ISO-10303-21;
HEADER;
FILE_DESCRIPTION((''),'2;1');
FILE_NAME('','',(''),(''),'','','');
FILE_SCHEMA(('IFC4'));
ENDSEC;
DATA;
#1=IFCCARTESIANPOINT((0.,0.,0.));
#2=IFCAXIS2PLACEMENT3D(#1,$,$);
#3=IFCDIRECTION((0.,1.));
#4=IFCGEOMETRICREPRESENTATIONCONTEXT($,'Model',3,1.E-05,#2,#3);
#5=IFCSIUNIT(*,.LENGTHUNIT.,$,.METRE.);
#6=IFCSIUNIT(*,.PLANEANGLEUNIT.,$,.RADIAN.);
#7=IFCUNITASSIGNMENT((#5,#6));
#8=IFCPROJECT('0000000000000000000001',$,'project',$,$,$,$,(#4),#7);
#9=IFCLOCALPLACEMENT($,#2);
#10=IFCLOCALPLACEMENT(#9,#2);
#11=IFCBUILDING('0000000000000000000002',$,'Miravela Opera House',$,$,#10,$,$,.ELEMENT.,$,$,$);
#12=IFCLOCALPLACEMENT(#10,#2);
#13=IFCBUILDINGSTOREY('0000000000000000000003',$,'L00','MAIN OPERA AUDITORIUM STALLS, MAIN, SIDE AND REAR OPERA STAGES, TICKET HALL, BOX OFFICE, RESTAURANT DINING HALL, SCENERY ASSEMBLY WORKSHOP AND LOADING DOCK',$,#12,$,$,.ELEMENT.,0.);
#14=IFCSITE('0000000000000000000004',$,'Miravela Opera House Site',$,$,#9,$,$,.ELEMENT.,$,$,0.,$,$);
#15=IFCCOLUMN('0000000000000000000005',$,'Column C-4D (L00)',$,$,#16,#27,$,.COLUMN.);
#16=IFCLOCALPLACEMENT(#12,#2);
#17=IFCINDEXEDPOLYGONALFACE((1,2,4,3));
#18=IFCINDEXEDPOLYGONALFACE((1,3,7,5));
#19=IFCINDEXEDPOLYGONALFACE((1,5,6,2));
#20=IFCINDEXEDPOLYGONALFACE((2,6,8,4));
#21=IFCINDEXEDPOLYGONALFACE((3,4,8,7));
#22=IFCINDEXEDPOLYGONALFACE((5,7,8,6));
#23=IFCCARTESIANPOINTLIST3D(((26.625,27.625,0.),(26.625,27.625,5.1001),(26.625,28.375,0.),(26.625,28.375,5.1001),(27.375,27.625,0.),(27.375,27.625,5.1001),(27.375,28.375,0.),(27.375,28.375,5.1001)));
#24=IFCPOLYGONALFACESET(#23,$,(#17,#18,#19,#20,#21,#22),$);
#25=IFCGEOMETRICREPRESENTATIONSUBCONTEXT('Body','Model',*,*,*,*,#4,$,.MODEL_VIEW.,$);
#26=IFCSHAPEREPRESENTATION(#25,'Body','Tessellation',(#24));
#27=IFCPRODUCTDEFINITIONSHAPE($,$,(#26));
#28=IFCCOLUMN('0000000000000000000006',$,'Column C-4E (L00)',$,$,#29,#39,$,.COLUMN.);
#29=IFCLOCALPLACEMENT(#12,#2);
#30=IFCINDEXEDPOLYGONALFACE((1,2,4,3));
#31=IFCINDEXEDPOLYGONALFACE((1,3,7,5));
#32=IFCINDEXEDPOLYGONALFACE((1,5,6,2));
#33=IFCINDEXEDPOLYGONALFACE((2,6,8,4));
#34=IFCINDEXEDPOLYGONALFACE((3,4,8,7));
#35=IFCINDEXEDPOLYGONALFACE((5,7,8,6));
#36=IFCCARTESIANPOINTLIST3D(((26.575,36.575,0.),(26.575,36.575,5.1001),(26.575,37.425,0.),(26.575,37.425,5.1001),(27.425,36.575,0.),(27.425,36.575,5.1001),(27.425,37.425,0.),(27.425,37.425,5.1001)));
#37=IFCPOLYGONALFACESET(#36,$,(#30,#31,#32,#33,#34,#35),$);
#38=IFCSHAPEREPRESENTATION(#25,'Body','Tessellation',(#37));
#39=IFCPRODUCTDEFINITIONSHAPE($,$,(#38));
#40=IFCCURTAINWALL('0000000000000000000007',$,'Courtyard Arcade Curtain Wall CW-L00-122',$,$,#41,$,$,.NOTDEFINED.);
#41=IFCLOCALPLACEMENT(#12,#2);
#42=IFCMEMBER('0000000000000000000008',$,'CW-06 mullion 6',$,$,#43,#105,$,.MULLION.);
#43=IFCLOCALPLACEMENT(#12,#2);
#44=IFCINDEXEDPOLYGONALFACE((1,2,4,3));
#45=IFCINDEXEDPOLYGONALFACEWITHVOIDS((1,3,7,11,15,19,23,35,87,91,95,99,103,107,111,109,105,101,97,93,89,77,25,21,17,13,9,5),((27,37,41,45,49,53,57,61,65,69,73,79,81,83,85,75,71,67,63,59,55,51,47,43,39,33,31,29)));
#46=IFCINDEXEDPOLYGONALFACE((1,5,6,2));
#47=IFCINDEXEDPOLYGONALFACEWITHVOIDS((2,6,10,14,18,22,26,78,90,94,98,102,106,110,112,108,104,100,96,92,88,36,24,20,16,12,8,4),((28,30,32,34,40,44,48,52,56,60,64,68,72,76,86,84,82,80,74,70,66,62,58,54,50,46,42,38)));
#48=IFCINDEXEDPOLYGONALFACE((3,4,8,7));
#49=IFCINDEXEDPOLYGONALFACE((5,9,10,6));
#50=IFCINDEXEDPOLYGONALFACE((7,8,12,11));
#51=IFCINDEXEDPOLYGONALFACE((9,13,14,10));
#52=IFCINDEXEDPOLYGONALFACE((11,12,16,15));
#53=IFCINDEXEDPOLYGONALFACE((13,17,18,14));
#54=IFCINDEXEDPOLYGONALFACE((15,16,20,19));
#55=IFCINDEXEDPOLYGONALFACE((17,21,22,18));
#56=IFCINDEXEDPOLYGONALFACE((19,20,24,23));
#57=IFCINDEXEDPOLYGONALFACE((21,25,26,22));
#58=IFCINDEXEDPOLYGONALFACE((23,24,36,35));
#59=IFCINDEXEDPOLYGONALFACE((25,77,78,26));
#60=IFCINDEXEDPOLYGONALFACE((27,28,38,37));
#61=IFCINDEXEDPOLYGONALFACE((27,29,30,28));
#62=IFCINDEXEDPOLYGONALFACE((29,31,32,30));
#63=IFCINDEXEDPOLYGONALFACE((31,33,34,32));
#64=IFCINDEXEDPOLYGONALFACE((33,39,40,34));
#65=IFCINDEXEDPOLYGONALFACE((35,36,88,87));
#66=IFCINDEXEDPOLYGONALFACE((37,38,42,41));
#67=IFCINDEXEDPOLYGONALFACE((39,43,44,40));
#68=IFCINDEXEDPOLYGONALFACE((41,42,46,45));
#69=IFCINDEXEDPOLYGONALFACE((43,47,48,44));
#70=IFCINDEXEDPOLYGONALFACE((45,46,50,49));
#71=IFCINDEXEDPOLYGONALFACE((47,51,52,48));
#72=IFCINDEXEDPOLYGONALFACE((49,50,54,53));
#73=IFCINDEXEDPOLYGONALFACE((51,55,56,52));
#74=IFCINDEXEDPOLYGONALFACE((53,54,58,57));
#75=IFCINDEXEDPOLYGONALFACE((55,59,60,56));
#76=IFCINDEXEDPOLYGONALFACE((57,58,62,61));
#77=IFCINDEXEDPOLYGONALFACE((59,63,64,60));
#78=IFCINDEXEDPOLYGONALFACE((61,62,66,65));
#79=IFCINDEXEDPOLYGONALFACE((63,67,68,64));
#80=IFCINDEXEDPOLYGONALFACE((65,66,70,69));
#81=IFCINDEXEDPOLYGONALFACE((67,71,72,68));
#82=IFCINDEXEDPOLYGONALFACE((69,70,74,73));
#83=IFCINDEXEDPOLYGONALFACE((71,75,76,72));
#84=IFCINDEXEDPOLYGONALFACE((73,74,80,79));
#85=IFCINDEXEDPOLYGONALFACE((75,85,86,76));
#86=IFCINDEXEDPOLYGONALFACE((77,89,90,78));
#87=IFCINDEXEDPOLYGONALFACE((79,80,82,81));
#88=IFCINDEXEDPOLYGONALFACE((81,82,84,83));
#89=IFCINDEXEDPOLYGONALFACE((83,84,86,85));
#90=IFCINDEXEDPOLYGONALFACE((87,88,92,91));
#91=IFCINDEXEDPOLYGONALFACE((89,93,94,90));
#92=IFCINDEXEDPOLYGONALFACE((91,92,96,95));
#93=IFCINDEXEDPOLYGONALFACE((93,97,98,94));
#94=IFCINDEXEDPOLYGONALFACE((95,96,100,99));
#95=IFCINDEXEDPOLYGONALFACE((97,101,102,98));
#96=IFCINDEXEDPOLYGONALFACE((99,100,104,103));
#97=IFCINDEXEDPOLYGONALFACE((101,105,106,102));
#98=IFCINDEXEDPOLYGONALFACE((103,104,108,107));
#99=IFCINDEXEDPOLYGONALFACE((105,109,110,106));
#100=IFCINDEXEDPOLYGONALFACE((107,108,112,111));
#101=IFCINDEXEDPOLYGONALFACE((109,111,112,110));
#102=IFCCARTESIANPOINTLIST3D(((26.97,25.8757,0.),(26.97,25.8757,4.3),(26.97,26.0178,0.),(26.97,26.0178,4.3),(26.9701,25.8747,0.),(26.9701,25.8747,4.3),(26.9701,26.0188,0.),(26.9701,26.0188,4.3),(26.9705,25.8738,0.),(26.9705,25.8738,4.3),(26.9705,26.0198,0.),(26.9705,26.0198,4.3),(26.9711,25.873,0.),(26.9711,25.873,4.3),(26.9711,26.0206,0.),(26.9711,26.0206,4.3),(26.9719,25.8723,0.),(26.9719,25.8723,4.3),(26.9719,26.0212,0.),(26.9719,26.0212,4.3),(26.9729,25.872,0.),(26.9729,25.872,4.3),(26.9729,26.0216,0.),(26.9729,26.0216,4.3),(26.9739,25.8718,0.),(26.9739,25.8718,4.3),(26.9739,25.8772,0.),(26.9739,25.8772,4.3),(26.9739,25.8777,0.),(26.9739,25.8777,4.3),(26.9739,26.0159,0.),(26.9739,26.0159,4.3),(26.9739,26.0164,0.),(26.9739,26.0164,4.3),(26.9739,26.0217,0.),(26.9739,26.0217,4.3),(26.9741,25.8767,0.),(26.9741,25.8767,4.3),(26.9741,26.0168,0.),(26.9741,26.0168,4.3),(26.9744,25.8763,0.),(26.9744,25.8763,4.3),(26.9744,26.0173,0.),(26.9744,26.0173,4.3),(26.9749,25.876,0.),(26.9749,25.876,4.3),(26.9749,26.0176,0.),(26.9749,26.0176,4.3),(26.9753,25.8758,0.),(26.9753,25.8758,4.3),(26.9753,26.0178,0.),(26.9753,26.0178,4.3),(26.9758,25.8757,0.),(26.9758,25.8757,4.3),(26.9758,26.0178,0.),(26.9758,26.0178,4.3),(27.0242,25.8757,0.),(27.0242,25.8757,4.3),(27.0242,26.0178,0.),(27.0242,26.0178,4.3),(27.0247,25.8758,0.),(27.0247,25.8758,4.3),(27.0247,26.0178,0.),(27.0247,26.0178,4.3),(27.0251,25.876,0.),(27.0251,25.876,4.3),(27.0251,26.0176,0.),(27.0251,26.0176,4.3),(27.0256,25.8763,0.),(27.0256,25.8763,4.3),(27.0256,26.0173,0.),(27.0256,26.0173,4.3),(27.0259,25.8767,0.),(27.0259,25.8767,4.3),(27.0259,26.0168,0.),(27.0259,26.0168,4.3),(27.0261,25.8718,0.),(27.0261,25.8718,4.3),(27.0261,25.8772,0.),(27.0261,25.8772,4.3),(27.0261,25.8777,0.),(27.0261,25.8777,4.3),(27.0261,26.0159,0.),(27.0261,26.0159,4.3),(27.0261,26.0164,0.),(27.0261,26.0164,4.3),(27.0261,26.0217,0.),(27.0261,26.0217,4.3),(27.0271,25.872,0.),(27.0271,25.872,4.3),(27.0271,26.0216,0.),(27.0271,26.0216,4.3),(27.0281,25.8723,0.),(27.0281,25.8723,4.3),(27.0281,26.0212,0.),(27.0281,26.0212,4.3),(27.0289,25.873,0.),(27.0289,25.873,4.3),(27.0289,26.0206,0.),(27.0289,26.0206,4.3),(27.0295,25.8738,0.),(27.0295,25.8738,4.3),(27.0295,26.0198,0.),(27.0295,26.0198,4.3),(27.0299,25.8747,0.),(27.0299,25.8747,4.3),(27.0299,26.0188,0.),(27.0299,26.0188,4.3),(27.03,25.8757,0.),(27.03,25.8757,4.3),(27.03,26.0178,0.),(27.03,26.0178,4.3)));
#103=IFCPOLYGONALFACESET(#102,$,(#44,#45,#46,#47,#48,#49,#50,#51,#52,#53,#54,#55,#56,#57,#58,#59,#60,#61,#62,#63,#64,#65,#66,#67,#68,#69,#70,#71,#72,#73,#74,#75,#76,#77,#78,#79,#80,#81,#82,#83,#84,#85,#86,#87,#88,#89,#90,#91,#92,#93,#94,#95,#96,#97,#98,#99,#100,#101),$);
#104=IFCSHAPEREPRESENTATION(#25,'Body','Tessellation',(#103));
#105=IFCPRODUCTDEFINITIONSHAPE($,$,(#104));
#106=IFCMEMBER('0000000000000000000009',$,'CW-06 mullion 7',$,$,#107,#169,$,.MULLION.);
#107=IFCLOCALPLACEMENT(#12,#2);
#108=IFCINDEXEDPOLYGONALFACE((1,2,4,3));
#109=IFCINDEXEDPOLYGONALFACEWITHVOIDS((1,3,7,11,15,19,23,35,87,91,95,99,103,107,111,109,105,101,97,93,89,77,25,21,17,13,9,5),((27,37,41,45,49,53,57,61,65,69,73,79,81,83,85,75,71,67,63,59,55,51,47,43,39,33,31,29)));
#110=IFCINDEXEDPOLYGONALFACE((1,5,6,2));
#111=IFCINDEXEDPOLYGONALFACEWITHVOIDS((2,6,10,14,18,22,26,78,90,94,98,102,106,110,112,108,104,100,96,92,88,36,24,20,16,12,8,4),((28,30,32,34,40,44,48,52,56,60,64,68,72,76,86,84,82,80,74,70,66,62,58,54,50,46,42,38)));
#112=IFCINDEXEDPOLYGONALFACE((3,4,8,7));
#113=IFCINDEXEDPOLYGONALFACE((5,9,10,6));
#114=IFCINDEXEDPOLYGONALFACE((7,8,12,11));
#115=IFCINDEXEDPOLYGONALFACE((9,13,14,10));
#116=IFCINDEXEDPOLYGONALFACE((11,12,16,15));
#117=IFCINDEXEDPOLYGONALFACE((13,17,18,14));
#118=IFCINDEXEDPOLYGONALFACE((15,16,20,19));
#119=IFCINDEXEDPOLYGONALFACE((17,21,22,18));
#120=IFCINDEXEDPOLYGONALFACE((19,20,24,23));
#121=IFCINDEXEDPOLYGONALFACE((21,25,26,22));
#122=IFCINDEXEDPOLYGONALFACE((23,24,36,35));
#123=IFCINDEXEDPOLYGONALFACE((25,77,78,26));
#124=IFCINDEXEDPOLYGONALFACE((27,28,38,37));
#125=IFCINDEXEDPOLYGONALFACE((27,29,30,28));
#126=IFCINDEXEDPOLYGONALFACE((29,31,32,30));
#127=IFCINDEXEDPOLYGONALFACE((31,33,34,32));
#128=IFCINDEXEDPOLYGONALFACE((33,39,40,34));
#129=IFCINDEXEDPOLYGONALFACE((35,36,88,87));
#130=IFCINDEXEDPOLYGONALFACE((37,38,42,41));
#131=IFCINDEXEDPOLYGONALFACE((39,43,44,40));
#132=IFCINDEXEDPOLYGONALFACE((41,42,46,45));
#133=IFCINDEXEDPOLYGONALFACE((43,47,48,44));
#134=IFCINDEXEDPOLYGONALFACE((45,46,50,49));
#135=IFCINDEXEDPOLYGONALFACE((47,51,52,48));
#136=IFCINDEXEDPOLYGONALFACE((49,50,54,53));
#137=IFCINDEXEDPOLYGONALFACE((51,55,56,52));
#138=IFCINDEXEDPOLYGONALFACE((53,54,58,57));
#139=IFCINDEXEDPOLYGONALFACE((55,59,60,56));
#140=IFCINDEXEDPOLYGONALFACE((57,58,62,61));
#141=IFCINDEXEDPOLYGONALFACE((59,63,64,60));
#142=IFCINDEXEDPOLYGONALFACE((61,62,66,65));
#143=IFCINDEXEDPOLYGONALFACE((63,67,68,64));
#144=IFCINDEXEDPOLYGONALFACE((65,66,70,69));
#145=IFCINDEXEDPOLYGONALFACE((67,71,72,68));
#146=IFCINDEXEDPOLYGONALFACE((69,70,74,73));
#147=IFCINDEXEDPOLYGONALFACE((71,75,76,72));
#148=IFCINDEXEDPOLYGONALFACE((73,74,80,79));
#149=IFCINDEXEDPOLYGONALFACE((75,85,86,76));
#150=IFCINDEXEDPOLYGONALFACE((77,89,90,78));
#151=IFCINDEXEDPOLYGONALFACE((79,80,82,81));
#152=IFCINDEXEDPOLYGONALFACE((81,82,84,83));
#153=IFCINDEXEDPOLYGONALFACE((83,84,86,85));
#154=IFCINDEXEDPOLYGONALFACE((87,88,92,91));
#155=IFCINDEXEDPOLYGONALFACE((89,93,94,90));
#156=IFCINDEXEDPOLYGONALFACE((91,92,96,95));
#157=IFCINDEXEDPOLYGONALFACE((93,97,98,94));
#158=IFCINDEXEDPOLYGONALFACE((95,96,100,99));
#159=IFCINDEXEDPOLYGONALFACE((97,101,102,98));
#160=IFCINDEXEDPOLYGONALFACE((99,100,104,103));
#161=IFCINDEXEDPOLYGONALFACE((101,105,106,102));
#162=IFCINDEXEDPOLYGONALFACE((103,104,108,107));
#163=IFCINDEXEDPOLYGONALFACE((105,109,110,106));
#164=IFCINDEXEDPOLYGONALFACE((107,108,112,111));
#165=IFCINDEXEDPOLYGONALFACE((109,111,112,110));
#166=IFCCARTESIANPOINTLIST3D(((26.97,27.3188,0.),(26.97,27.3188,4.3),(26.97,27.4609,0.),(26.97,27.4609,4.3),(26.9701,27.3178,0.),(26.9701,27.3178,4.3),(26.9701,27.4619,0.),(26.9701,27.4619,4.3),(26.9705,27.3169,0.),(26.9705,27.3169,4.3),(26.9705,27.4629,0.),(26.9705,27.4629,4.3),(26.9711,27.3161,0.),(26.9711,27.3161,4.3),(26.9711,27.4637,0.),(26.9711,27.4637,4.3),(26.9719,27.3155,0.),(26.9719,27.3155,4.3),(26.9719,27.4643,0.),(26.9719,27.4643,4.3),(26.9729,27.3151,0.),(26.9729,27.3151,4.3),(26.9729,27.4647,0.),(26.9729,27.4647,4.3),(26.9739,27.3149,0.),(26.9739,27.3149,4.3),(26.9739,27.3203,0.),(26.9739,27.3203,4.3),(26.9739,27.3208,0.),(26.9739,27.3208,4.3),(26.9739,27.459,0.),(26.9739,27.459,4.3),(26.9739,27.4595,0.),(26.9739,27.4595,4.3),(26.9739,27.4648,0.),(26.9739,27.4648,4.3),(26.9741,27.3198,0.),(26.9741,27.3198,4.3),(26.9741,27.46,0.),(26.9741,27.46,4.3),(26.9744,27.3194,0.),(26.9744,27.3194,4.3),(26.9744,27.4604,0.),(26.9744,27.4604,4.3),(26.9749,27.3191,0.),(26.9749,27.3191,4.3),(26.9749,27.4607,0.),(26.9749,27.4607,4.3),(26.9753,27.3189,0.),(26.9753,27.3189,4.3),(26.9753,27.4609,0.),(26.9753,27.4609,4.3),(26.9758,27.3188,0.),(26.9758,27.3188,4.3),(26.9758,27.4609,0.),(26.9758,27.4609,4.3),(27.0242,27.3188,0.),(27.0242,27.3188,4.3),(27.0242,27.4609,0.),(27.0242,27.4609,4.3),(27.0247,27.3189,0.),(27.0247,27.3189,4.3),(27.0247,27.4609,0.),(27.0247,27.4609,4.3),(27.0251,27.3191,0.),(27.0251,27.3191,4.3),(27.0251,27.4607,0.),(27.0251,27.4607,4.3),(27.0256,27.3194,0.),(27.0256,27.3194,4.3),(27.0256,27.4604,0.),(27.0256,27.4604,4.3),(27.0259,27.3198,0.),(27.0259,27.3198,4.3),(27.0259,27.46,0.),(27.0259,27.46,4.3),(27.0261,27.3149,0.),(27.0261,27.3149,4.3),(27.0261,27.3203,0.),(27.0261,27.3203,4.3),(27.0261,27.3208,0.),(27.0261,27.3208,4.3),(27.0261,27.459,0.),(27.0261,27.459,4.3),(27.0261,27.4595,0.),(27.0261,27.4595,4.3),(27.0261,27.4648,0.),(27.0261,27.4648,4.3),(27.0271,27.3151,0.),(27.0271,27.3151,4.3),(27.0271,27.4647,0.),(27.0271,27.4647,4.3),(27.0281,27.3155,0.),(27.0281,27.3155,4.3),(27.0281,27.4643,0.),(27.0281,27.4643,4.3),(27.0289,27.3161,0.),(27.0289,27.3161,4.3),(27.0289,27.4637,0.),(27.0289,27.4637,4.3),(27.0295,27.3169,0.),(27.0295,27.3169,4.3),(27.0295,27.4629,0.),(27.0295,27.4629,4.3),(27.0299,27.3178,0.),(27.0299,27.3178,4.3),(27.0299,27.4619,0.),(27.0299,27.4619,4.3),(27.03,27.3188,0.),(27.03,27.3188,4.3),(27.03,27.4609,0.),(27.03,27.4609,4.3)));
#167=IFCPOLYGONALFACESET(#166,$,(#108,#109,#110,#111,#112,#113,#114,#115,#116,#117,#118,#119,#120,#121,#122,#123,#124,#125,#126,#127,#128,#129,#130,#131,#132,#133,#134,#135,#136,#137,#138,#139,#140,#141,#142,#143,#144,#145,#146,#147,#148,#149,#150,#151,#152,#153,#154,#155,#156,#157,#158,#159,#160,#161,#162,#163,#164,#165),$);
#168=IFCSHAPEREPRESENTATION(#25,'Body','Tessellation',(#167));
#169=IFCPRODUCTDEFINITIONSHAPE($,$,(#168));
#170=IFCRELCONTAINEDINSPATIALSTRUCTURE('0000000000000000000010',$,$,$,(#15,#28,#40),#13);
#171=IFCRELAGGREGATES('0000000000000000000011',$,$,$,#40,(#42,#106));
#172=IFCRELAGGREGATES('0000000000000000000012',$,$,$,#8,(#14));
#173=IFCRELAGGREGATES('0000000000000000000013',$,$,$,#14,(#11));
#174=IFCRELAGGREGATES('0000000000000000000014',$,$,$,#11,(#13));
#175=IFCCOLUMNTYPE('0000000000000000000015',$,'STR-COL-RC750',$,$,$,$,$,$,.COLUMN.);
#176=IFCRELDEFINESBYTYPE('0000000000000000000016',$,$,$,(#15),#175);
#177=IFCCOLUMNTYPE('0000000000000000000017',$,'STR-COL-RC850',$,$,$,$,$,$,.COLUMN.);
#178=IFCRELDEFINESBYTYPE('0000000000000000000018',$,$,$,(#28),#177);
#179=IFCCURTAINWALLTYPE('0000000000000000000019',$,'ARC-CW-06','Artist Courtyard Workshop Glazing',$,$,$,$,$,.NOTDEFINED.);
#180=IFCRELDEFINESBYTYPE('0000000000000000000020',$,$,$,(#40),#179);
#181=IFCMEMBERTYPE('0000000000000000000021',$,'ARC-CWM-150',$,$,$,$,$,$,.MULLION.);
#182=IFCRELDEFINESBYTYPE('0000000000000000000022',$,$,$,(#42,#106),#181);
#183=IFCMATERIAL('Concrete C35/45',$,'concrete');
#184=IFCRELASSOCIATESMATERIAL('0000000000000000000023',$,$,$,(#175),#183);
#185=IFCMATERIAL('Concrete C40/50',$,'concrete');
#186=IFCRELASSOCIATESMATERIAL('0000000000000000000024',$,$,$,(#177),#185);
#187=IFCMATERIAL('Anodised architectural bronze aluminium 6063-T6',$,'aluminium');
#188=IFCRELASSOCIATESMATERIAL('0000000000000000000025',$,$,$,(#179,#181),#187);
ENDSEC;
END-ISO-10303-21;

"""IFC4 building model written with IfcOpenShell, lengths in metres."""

from ifc_helpers import new_model, si_unit, direction, frame, origin, origin_2d, place, context, subcontext, project, spatial, rectangle, hollow_rectangle, extrude, material, material_profile, profile_set, type_object, element, aggregate, save


model = new_model("IFC4")

# Units and contexts
model_context = context("Model", 3, precision=1e-05, world=origin(), true_north=direction((0.0, 1.0)))
body_context = subcontext(model_context, "Body", "Model", "MODEL_VIEW")
ifc_project = project(units=[si_unit("LENGTHUNIT", "METRE"), si_unit("PLANEANGLEUNIT", "RADIAN")], contexts=[model_context])

# Site, building, storey
site_placement = place(None, origin())
site = spatial("IfcSite", under=ifc_project, at=site_placement, Name="Miravela Opera House Site", CompositionType="ELEMENT", RefElevation=0.0)
building_placement = place(site_placement, origin())
building = spatial("IfcBuilding", under=site, at=building_placement, Name="Miravela Opera House", CompositionType="ELEMENT")
storey_placement = place(building_placement, origin())
storey = spatial("IfcBuildingStorey", under=building, at=storey_placement, Name="L00", Description="MAIN OPERA AUDITORIUM STALLS, MAIN, SIDE AND REAR OPERA STAGES, TICKET HALL, BOX OFFICE, RESTAURANT DINING HALL, SCENERY ASSEMBLY WORKSHOP AND LOADING DOCK", CompositionType="ELEMENT", Elevation=0.0)

# Columns
ifc_material_1 = material(Name="Concrete C35/45", Category="concrete")
ifc_material_profile_1 = material_profile(ifc_material_1, rectangle(XDim=0.75, YDim=0.75, at=origin_2d()), Name="RC-COL-750X750")
ifc_profile_set_1 = profile_set([ifc_material_profile_1])
column_type_1 = type_object("IfcColumnType", Name="STR-COL-RC750", PredefinedType="COLUMN", material=ifc_profile_set_1)
column_1_placement = place(storey_placement, frame((27.0, 28.0, 0.0), z_axis=(0.0, 0.0, 1.0), x_axis=(1.0, 0.0, 0.0)))
element("IfcColumn", 1, at=column_1_placement, inside=storey, type_object=column_type_1, Name="Column C-4D (L00)", PredefinedType="COLUMN", context=body_context, shape_type="SweptSolid", body=[
    extrude(rectangle(XDim=0.75, YDim=0.75, at=origin_2d()), origin(), (0.0, 0.0, 1.0), 5.1001),
])
ifc_material_2 = material(Name="Concrete C40/50", Category="concrete")
ifc_material_profile_2 = material_profile(ifc_material_2, rectangle(XDim=0.8501, YDim=0.8501, at=origin_2d()), Name="RC-COL-850X850")
ifc_profile_set_2 = profile_set([ifc_material_profile_2])
column_type_2 = type_object("IfcColumnType", Name="STR-COL-RC850", PredefinedType="COLUMN", material=ifc_profile_set_2)
column_2_placement = place(storey_placement, frame((27.0, 37.0, 0.0), z_axis=(0.0, 0.0, 1.0), x_axis=(1.0, 0.0, 0.0)))
element("IfcColumn", 2, at=column_2_placement, inside=storey, type_object=column_type_2, Name="Column C-4E (L00)", PredefinedType="COLUMN", context=body_context, shape_type="SweptSolid", body=[
    extrude(rectangle(XDim=0.8501, YDim=0.8501, at=origin_2d()), origin(), (0.0, 0.0, 1.0), 5.1001),
])

# Curtain wall, members
ifc_material_3 = material(Name="Anodised architectural bronze aluminium 6063-T6", Category="aluminium")
curtain_wall_type = type_object("IfcCurtainWallType", Name="ARC-CW-06", Description="Artist Courtyard Workshop Glazing", PredefinedType="NOTDEFINED", material=ifc_material_3)
curtain_wall_placement = place(storey_placement, origin())
curtain_wall = element("IfcCurtainWall", 3, at=curtain_wall_placement, inside=storey, type_object=curtain_wall_type, Name="Courtyard Arcade Curtain Wall CW-L00-122", PredefinedType="NOTDEFINED")
ifc_material_profile_3 = material_profile(ifc_material_3, hollow_rectangle(XDim=0.0601, YDim=0.1499, WallThickness=0.0039, InnerFilletRadius=0.002, OuterFilletRadius=0.0039, at=origin_2d()), Name="CWM-60X150")
ifc_profile_set_3 = profile_set([ifc_material_profile_3])
member_type_1 = type_object("IfcMemberType", Name="ARC-CWM-150", PredefinedType="MULLION", material=ifc_profile_set_3)
member_1_placement = place(storey_placement, frame((27.0, 25.9468, 0.0), z_axis=(0.0, 0.0, 1.0), x_axis=(-1.0, 0.0, 0.0)))
member_1 = element("IfcMember", 4, at=member_1_placement, type_object=member_type_1, Name="CW-06 mullion 6", PredefinedType="MULLION", context=body_context, shape_type="SweptSolid", body=[
    extrude(hollow_rectangle(XDim=0.0601, YDim=0.1499, WallThickness=0.0039, InnerFilletRadius=0.002, OuterFilletRadius=0.0039, at=origin_2d()), origin(), (0.0, 0.0, 1.0), 4.3),
])
member_2_placement = place(storey_placement, frame((27.0, 27.3899, 0.0), z_axis=(0.0, 0.0, 1.0), x_axis=(-1.0, 0.0, 0.0)))
member_2 = element("IfcMember", 5, at=member_2_placement, type_object=member_type_1, Name="CW-06 mullion 7", PredefinedType="MULLION", context=body_context, shape_type="SweptSolid", body=[
    extrude(hollow_rectangle(XDim=0.0601, YDim=0.1499, WallThickness=0.0039, InnerFilletRadius=0.002, OuterFilletRadius=0.0039, at=origin_2d()), origin(), (0.0, 0.0, 1.0), 4.3),
])

aggregate(curtain_wall, [member_1, member_2])

save(model, "model.ifc")
